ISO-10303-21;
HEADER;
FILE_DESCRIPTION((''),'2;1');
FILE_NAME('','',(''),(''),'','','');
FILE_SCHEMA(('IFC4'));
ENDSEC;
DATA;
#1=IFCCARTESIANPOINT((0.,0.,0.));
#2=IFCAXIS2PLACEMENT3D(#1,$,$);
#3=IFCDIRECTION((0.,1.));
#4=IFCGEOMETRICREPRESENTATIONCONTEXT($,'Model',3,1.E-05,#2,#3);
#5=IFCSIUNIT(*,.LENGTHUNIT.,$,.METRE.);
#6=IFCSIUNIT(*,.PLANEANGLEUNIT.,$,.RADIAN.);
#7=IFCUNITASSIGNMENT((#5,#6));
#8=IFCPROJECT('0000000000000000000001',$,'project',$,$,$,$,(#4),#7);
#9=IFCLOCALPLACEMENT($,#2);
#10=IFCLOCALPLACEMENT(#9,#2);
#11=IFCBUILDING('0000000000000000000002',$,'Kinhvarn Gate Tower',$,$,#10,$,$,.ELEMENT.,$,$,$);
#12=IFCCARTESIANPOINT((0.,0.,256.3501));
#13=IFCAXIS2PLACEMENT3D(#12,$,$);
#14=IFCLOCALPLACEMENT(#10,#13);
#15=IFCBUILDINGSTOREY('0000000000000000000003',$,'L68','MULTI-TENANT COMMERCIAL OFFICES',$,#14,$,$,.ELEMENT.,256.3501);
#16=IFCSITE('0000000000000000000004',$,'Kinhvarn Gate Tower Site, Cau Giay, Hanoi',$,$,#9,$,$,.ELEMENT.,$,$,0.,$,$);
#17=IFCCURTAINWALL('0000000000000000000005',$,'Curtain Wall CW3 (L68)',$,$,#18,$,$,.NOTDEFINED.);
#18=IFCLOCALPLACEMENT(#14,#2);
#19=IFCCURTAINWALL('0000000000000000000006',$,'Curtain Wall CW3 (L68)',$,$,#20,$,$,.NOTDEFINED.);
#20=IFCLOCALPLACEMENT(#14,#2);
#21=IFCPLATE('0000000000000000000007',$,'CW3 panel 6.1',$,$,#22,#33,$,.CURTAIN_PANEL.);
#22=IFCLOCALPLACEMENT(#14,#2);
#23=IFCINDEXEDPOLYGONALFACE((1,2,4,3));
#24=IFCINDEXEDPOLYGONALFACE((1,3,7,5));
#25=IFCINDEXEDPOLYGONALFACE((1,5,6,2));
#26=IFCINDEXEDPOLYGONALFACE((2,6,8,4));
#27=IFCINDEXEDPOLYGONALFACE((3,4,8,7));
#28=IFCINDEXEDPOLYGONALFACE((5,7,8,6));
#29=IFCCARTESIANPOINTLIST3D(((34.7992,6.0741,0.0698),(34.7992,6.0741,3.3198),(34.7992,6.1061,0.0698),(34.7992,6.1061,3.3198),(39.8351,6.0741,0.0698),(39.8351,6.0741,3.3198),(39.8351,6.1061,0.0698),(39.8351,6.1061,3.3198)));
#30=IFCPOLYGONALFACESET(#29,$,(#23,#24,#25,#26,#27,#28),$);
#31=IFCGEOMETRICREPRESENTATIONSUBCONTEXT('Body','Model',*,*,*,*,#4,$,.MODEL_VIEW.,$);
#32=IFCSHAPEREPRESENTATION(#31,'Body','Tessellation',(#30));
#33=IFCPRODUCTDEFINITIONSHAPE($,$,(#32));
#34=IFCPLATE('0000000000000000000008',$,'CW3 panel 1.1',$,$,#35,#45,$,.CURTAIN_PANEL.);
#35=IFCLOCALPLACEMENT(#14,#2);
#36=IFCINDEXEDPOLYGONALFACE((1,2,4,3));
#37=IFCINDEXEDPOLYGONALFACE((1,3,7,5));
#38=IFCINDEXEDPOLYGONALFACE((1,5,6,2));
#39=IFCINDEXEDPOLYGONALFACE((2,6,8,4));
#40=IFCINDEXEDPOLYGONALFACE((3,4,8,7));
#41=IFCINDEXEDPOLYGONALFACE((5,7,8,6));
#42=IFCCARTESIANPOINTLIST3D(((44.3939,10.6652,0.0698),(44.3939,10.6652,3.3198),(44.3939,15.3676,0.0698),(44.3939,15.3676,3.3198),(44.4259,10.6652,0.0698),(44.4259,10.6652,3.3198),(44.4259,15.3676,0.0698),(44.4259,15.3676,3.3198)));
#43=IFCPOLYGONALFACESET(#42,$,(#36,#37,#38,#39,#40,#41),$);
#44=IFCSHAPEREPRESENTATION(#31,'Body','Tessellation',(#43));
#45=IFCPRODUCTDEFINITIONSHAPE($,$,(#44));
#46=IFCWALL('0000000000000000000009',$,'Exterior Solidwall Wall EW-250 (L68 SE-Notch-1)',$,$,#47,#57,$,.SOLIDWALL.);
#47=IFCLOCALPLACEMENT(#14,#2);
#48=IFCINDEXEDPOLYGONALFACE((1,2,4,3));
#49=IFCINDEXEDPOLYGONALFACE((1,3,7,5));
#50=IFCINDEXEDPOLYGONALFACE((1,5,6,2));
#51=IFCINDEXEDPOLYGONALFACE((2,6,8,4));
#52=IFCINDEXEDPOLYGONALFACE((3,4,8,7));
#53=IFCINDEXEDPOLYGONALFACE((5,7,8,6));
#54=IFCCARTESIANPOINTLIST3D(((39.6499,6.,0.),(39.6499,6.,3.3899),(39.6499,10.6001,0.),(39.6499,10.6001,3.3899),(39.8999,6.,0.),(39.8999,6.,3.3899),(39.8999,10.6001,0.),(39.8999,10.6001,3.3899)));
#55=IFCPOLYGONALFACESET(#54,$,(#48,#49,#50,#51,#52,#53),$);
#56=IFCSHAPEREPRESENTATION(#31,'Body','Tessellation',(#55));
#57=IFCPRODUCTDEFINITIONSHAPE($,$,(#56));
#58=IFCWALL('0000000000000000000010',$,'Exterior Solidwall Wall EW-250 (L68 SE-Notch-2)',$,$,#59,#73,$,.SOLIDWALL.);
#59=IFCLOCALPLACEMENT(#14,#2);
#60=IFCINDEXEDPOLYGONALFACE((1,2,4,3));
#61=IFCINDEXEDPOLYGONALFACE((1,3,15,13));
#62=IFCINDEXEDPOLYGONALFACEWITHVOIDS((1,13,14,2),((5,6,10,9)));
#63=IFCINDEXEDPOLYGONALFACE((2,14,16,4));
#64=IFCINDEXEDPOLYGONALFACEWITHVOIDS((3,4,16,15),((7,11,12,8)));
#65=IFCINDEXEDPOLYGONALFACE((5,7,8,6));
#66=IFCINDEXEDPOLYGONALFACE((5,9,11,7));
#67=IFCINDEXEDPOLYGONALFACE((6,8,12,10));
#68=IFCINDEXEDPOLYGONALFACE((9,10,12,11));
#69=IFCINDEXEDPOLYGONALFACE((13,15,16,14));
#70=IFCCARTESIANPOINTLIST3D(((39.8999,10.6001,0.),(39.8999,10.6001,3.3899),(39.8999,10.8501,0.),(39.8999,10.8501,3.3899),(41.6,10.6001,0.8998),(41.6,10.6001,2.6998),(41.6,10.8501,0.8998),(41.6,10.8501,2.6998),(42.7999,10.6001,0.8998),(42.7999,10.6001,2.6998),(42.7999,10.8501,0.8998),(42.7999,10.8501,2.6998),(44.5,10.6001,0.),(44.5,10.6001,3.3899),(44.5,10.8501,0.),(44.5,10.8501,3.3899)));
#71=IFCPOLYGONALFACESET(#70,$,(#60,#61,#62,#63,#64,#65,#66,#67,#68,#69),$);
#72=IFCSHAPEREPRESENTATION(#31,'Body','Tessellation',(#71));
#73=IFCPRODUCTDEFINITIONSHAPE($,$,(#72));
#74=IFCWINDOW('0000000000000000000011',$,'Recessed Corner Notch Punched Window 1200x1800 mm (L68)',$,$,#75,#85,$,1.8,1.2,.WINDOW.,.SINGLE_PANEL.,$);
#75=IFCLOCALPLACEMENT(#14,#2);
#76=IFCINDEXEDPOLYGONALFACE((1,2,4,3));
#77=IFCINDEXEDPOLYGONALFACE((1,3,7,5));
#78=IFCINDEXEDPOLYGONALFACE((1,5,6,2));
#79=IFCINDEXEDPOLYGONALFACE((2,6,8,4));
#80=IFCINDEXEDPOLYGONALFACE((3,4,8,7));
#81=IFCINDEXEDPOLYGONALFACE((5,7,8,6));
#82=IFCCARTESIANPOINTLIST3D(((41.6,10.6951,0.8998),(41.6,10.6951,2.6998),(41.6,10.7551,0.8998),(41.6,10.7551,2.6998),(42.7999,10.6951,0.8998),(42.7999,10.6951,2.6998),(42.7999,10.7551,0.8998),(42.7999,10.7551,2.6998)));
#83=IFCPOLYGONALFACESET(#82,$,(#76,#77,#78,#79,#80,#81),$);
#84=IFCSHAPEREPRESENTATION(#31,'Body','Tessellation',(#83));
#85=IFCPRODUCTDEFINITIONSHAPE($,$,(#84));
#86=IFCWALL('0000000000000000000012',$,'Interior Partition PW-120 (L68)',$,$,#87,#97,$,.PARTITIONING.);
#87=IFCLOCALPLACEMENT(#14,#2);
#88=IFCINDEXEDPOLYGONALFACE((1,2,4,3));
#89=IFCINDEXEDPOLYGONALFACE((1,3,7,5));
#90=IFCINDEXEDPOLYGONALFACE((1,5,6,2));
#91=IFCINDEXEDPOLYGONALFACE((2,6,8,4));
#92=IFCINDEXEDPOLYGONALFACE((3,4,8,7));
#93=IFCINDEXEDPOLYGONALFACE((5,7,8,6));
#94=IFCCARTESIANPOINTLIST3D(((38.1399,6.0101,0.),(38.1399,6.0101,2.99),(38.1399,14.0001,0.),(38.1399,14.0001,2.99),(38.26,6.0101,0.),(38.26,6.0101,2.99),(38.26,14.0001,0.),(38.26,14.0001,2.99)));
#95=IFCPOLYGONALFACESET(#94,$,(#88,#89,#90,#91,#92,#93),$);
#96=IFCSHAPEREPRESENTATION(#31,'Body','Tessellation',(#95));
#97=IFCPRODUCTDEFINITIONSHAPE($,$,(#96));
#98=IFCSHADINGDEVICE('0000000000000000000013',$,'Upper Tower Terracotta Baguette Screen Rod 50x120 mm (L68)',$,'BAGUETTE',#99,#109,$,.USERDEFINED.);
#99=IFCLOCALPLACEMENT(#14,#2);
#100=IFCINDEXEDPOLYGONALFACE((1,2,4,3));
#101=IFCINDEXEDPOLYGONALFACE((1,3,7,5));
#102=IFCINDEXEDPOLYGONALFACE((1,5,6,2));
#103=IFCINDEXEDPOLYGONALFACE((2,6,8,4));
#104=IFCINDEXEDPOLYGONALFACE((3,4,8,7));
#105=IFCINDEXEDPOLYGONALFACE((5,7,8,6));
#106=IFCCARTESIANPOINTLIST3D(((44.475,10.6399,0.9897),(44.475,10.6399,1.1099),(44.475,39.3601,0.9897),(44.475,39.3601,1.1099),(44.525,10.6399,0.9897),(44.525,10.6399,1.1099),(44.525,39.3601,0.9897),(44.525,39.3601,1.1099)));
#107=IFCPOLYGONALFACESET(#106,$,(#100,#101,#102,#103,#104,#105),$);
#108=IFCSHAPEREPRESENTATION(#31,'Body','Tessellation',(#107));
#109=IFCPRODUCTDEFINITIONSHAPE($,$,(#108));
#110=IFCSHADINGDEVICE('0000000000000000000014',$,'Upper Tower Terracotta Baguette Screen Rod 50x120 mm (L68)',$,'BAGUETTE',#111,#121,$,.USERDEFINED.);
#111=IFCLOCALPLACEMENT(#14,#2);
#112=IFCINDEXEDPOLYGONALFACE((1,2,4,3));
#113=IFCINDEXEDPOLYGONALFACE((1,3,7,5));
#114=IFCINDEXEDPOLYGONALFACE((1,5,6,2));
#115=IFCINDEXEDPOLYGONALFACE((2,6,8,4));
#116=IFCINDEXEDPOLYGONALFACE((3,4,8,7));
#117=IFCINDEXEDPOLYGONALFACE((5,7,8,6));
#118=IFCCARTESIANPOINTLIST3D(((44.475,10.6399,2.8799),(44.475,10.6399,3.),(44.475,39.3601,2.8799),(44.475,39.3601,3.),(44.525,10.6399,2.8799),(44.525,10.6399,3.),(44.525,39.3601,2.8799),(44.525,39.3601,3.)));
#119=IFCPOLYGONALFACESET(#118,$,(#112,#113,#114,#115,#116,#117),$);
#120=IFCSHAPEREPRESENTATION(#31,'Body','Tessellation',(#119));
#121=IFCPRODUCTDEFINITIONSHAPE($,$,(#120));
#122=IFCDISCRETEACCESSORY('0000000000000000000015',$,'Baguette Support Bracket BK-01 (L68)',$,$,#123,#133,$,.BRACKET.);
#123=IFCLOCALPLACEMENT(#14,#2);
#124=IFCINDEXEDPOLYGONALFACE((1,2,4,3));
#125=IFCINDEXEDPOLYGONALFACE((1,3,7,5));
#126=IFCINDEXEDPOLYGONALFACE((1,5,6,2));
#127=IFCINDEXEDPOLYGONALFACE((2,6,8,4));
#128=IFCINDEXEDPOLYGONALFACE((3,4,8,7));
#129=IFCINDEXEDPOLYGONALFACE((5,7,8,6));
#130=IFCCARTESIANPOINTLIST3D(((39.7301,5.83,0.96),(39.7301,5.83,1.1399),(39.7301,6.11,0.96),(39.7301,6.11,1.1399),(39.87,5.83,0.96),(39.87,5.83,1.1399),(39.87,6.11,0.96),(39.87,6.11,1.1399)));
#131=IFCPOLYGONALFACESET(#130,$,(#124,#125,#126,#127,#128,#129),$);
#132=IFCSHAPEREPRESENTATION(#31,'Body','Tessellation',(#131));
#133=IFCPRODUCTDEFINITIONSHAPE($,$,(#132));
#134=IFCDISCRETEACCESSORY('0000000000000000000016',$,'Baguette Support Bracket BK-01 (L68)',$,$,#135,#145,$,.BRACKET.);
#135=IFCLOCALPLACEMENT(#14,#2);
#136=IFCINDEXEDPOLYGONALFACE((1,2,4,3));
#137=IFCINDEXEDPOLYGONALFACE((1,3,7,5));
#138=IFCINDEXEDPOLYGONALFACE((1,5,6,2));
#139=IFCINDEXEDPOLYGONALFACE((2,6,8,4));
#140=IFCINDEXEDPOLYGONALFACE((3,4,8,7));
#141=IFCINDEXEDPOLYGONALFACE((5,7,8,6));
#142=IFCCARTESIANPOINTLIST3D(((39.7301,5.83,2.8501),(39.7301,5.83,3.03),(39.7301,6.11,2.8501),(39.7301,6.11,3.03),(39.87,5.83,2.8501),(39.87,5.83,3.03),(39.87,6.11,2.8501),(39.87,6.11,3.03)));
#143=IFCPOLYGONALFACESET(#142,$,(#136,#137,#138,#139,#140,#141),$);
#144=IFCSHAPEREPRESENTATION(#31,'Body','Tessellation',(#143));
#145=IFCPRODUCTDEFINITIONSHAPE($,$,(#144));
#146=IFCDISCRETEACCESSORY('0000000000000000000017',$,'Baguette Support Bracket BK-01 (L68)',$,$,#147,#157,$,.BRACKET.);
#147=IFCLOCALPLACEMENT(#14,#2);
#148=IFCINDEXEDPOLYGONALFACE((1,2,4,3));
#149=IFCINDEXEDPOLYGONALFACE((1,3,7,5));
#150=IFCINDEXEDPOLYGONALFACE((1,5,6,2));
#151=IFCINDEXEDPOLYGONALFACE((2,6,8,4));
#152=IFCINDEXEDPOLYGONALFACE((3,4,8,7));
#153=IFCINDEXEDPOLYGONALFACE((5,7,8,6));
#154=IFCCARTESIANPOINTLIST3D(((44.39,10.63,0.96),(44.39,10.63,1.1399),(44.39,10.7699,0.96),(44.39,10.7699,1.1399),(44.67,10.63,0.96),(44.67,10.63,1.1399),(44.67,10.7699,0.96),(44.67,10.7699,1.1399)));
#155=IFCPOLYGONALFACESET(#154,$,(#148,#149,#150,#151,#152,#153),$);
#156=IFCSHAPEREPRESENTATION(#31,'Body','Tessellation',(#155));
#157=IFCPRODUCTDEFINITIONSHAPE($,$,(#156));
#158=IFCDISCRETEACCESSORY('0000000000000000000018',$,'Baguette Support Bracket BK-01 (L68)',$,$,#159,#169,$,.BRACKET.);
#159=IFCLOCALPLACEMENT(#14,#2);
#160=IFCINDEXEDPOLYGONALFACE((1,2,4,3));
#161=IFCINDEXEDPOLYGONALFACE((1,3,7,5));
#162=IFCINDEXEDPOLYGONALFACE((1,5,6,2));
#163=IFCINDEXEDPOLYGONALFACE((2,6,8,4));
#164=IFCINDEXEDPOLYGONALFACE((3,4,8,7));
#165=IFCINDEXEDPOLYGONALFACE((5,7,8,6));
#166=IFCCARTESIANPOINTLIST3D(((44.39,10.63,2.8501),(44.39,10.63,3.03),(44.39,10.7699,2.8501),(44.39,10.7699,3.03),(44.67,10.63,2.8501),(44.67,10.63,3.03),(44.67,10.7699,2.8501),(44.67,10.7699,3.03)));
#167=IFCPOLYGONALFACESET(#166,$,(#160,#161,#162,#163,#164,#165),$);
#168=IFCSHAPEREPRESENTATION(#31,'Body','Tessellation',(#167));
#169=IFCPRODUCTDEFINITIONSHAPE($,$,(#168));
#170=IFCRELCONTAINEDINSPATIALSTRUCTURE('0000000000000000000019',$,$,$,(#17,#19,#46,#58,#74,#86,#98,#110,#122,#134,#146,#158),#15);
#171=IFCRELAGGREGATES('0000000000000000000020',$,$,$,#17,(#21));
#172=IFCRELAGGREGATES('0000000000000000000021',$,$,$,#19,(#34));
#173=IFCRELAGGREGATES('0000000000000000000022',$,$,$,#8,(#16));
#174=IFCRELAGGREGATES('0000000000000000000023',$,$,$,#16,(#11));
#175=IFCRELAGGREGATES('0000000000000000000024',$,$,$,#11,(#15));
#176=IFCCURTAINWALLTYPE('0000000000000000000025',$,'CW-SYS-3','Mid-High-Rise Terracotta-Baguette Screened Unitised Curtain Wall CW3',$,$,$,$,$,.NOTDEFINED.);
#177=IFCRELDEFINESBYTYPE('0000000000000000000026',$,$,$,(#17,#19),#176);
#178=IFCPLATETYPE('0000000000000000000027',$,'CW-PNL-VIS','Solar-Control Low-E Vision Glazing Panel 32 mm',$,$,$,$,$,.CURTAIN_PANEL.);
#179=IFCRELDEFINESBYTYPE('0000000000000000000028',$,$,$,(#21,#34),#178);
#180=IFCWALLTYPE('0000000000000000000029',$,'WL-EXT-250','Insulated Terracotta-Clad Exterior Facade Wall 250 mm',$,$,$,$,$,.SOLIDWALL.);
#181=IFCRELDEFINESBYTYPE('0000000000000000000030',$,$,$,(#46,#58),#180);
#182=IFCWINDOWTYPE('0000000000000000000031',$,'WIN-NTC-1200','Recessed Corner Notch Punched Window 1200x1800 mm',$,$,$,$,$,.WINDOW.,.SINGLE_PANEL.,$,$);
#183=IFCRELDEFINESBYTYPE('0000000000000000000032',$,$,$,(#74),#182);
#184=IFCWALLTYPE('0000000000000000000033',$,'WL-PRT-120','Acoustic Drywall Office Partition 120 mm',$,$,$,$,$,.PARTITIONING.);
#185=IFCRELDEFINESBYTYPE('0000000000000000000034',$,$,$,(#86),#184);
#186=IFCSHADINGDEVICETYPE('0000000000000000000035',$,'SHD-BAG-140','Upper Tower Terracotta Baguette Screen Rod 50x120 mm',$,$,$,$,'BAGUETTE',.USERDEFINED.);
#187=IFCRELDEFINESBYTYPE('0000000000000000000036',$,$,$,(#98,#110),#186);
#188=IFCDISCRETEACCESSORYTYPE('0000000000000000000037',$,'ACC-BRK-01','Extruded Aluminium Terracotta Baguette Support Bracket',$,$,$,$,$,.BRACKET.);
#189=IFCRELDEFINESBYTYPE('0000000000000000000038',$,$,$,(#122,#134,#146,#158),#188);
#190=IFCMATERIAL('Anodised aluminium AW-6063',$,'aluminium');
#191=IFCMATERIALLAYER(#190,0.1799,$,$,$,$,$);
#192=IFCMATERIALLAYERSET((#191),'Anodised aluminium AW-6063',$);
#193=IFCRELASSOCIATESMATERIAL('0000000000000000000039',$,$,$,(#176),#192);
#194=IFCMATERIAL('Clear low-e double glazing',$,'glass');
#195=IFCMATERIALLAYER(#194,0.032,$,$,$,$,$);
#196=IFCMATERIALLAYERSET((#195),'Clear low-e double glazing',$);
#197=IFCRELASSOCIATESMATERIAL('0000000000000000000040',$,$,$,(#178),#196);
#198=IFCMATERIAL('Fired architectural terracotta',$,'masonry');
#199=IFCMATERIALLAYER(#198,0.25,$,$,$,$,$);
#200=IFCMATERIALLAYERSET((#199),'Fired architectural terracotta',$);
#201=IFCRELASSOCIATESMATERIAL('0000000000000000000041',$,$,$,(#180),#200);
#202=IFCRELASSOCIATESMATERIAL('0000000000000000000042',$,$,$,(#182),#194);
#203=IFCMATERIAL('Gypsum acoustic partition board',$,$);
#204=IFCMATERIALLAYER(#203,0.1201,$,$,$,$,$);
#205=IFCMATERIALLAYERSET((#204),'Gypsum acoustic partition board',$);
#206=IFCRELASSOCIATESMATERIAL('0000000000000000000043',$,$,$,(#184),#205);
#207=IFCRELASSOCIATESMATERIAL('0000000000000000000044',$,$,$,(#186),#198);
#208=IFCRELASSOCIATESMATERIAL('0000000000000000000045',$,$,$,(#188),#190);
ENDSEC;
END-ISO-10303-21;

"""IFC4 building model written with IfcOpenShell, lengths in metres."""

from ifc_helpers import new_model, si_unit, direction, frame, frame_2d, origin, origin_2d, place, context, subcontext, project, spatial, rectangle, extrude, material, layer, layer_set, material_profile, profile_set, type_object, element, fill, aggregate, save


model = new_model("IFC4")

# Units and contexts
model_context = context("Model", 3, precision=1e-05, world=origin(), true_north=direction((0.0, 1.0)))
body_context = subcontext(model_context, "Body", "Model", "MODEL_VIEW")
ifc_project = project(units=[si_unit("LENGTHUNIT", "METRE"), si_unit("PLANEANGLEUNIT", "RADIAN")], contexts=[model_context])

# Site, building, storey
site_placement = place(None, origin())
site = spatial("IfcSite", under=ifc_project, at=site_placement, Name="Kinhvarn Gate Tower Site, Cau Giay, Hanoi", CompositionType="ELEMENT", RefElevation=0.0)
building_placement = place(site_placement, origin())
building = spatial("IfcBuilding", under=site, at=building_placement, Name="Kinhvarn Gate Tower", CompositionType="ELEMENT")
storey_placement = place(building_placement, frame((0.0, 0.0, 256.3501)))
storey = spatial("IfcBuildingStorey", under=building, at=storey_placement, Name="L68", Description="MULTI-TENANT COMMERCIAL OFFICES", CompositionType="ELEMENT", Elevation=256.3501)

# Curtain walls
ifc_material_1 = material(Name="Anodised aluminium AW-6063", Category="aluminium")
ifc_layer_1 = layer(ifc_material_1, 0.1799)
ifc_layer_set_1 = layer_set([ifc_layer_1], Name="Anodised aluminium AW-6063")
curtain_wall_type = type_object("IfcCurtainWallType", Name="CW-SYS-3", Description="Mid-High-Rise Terracotta-Baguette Screened Unitised Curtain Wall CW3", PredefinedType="NOTDEFINED", material=ifc_layer_set_1)
curtain_wall_1_placement = place(storey_placement, origin())
curtain_wall_1 = element("IfcCurtainWall", 1, at=curtain_wall_1_placement, inside=storey, type_object=curtain_wall_type, Name="Curtain Wall CW3 (L68)", PredefinedType="NOTDEFINED")
curtain_wall_2_placement = place(storey_placement, origin())
curtain_wall_2 = element("IfcCurtainWall", 2, at=curtain_wall_2_placement, inside=storey, type_object=curtain_wall_type, Name="Curtain Wall CW3 (L68)", PredefinedType="NOTDEFINED")

# Plates
ifc_material_2 = material(Name="Clear low-e double glazing", Category="glass")
ifc_layer_2 = layer(ifc_material_2, 0.032)
ifc_layer_set_2 = layer_set([ifc_layer_2], Name="Clear low-e double glazing")
plate_type = type_object("IfcPlateType", Name="CW-PNL-VIS", Description="Solar-Control Low-E Vision Glazing Panel 32 mm", PredefinedType="CURTAIN_PANEL", material=ifc_layer_set_2)
plate_1_placement = place(storey_placement, frame((37.3171, 6.0901, 0.0698), z_axis=(0.0, 0.0, 1.0), x_axis=(1.0, 0.0, 0.0)))
plate_1 = element("IfcPlate", 3, at=plate_1_placement, type_object=plate_type, Name="CW3 panel 6.1", PredefinedType="CURTAIN_PANEL", context=body_context, shape_type="SweptSolid", body=[
    extrude(rectangle(XDim=5.0359, YDim=0.032, at=origin_2d()), origin(), (0.0, 0.0, 1.0), 3.25),
])
aggregate(curtain_wall_1, [plate_1])
plate_2_placement = place(storey_placement, frame((44.4099, 13.0164, 0.0698), z_axis=(0.0, 0.0, 1.0), x_axis=(0.0, 1.0, 0.0)))
plate_2 = element("IfcPlate", 4, at=plate_2_placement, type_object=plate_type, Name="CW3 panel 1.1", PredefinedType="CURTAIN_PANEL", context=body_context, shape_type="SweptSolid", body=[
    extrude(rectangle(XDim=4.7024, YDim=0.032, at=origin_2d()), origin(), (0.0, 0.0, 1.0), 3.25),
])
aggregate(curtain_wall_2, [plate_2])

# Wall
ifc_material_3 = material(Name="Fired architectural terracotta", Category="masonry")
ifc_layer_3 = layer(ifc_material_3, 0.25)
ifc_layer_set_3 = layer_set([ifc_layer_3], Name="Fired architectural terracotta")
wall_type_1 = type_object("IfcWallType", Name="WL-EXT-250", Description="Insulated Terracotta-Clad Exterior Facade Wall 250 mm", PredefinedType="SOLIDWALL", material=ifc_layer_set_3)
wall_1_placement = place(storey_placement, frame((39.7749, 6.0, 0.0), z_axis=(0.0, 0.0, 1.0), x_axis=(0.0, 1.0, 0.0)))
element("IfcWall", 5, at=wall_1_placement, inside=storey, type_object=wall_type_1, Name="Exterior Solidwall Wall EW-250 (L68 SE-Notch-1)", PredefinedType="SOLIDWALL", context=body_context, shape_type="SweptSolid", body=[
    extrude(rectangle(XDim=4.6001, YDim=0.25, at=frame_2d((2.3, 0.0))), origin(), (0.0, 0.0, 1.0), 3.3899),
])

# Wall, opening, window
wall_2_placement = place(storey_placement, frame((39.8999, 10.7251, 0.0), z_axis=(0.0, 0.0, 1.0), x_axis=(1.0, 0.0, 0.0)))
wall_2 = element("IfcWall", 6, at=wall_2_placement, inside=storey, type_object=wall_type_1, Name="Exterior Solidwall Wall EW-250 (L68 SE-Notch-2)", PredefinedType="SOLIDWALL", context=body_context, shape_type="SweptSolid", body=[
    extrude(rectangle(XDim=4.6001, YDim=0.25, at=frame_2d((2.3, 0.0))), origin(), (0.0, 0.0, 1.0), 3.3899),
])
opening_placement = place(wall_2_placement, frame((1.7, 0.0, 0.8999)))
opening = element("IfcOpeningElement", 7, at=opening_placement, cuts=wall_2, PredefinedType="OPENING", context=body_context, shape_type="SweptSolid", body=[
    extrude(rectangle(XDim=1.2, YDim=1.8, at=frame_2d((0.6001, 0.8999))), frame((0.0, 0.135, 0.0), z_axis=(0.0, -1.0, 0.0), x_axis=(1.0, 0.0, 0.0)), (0.0, 0.0, 1.0), 0.27),
])
window_type = type_object("IfcWindowType", Name="WIN-NTC-1200", Description="Recessed Corner Notch Punched Window 1200x1800 mm", PartitioningType="SINGLE_PANEL", PredefinedType="WINDOW", material=ifc_material_2)
window_placement = place(opening_placement, origin())
window = element("IfcWindow", 8, at=window_placement, inside=storey, type_object=window_type, Name="Recessed Corner Notch Punched Window 1200x1800 mm (L68)", OverallHeight=1.8, OverallWidth=1.2, PartitioningType="SINGLE_PANEL", PredefinedType="WINDOW", context=body_context, shape_type="SweptSolid", body=[
    extrude(rectangle(XDim=1.2, YDim=1.8, at=frame_2d((0.6001, 0.8999))), frame((0.0, 0.03, 0.0), z_axis=(0.0, -1.0, 0.0), x_axis=(1.0, 0.0, 0.0)), (0.0, 0.0, 1.0), 0.0601),
])
fill(opening, window)

# Wall
ifc_material_4 = material(Name="Gypsum acoustic partition board")
ifc_layer_4 = layer(ifc_material_4, 0.1201)
ifc_layer_set_4 = layer_set([ifc_layer_4], Name="Gypsum acoustic partition board")
wall_type_2 = type_object("IfcWallType", Name="WL-PRT-120", Description="Acoustic Drywall Office Partition 120 mm", PredefinedType="PARTITIONING", material=ifc_layer_set_4)
wall_3_placement = place(storey_placement, frame((38.2, 6.01, 0.0), z_axis=(0.0, 0.0, 1.0), x_axis=(0.0, 1.0, 0.0)))
element("IfcWall", 9, at=wall_3_placement, inside=storey, type_object=wall_type_2, Name="Interior Partition PW-120 (L68)", PredefinedType="PARTITIONING", context=body_context, shape_type="SweptSolid", body=[
    extrude(rectangle(XDim=7.99, YDim=0.1201, at=frame_2d((3.9951, 0.0))), origin(), (0.0, 0.0, 1.0), 2.99),
])

# Shading devices
ifc_material_profile_1 = material_profile(ifc_material_3, rectangle(XDim=0.05, YDim=0.1201, at=origin_2d()), Name="TC 50x120")
ifc_profile_set_1 = profile_set([ifc_material_profile_1], Name="Fired architectural terracotta")
shading_device_type = type_object("IfcShadingDeviceType", Name="SHD-BAG-140", Description="Upper Tower Terracotta Baguette Screen Rod 50x120 mm", ElementType="BAGUETTE", PredefinedType="USERDEFINED", material=ifc_profile_set_1)
for number, where, z_axis, x_axis, name in (
    (10, (44.5, 10.6399, 1.0498), (0.0, 1.0, 0.0), (-1.0, 0.0, 0.0), "Upper Tower Terracotta Baguette Screen Rod 50x120 mm (L68)"),
    (11, (44.5, 10.6399, 2.9399), (0.0, 1.0, 0.0), (-1.0, 0.0, 0.0), "Upper Tower Terracotta Baguette Screen Rod 50x120 mm (L68)"),
):
    element("IfcShadingDevice", number, at=place(storey_placement, frame(where, z_axis=z_axis, x_axis=x_axis)), inside=storey, type_object=shading_device_type, Name=name, ObjectType="BAGUETTE", PredefinedType="USERDEFINED", context=body_context, shape_type="SweptSolid", body=[
        extrude(rectangle(XDim=0.05, YDim=0.1201, at=origin_2d()), origin(), (0.0, 0.0, 1.0), 28.7202),
    ])

# Discrete accessories
discrete_accessory_type = type_object("IfcDiscreteAccessoryType", Name="ACC-BRK-01", Description="Extruded Aluminium Terracotta Baguette Support Bracket", PredefinedType="BRACKET", material=ifc_material_1)
for number, where, z_axis, x_axis, name in (
    (12, (39.8, 5.97, 0.96), (0.0, 0.0, 1.0), (1.0, 0.0, 0.0), "Baguette Support Bracket BK-01 (L68)"),
    (13, (39.8, 5.97, 2.8501), (0.0, 0.0, 1.0), (1.0, 0.0, 0.0), "Baguette Support Bracket BK-01 (L68)"),
    (14, (44.53, 10.7, 0.96), (0.0, 0.0, 1.0), (0.0, 1.0, 0.0), "Baguette Support Bracket BK-01 (L68)"),
    (15, (44.53, 10.7, 2.8501), (0.0, 0.0, 1.0), (0.0, 1.0, 0.0), "Baguette Support Bracket BK-01 (L68)"),
):
    element("IfcDiscreteAccessory", number, at=place(storey_placement, frame(where, z_axis=z_axis, x_axis=x_axis)), inside=storey, type_object=discrete_accessory_type, Name=name, PredefinedType="BRACKET", context=body_context, shape_type="SweptSolid", body=[
        extrude(rectangle(XDim=0.1399, YDim=0.28, at=origin_2d()), origin(), (0.0, 0.0, 1.0), 0.1799),
    ])

save(model, "model.ifc")
